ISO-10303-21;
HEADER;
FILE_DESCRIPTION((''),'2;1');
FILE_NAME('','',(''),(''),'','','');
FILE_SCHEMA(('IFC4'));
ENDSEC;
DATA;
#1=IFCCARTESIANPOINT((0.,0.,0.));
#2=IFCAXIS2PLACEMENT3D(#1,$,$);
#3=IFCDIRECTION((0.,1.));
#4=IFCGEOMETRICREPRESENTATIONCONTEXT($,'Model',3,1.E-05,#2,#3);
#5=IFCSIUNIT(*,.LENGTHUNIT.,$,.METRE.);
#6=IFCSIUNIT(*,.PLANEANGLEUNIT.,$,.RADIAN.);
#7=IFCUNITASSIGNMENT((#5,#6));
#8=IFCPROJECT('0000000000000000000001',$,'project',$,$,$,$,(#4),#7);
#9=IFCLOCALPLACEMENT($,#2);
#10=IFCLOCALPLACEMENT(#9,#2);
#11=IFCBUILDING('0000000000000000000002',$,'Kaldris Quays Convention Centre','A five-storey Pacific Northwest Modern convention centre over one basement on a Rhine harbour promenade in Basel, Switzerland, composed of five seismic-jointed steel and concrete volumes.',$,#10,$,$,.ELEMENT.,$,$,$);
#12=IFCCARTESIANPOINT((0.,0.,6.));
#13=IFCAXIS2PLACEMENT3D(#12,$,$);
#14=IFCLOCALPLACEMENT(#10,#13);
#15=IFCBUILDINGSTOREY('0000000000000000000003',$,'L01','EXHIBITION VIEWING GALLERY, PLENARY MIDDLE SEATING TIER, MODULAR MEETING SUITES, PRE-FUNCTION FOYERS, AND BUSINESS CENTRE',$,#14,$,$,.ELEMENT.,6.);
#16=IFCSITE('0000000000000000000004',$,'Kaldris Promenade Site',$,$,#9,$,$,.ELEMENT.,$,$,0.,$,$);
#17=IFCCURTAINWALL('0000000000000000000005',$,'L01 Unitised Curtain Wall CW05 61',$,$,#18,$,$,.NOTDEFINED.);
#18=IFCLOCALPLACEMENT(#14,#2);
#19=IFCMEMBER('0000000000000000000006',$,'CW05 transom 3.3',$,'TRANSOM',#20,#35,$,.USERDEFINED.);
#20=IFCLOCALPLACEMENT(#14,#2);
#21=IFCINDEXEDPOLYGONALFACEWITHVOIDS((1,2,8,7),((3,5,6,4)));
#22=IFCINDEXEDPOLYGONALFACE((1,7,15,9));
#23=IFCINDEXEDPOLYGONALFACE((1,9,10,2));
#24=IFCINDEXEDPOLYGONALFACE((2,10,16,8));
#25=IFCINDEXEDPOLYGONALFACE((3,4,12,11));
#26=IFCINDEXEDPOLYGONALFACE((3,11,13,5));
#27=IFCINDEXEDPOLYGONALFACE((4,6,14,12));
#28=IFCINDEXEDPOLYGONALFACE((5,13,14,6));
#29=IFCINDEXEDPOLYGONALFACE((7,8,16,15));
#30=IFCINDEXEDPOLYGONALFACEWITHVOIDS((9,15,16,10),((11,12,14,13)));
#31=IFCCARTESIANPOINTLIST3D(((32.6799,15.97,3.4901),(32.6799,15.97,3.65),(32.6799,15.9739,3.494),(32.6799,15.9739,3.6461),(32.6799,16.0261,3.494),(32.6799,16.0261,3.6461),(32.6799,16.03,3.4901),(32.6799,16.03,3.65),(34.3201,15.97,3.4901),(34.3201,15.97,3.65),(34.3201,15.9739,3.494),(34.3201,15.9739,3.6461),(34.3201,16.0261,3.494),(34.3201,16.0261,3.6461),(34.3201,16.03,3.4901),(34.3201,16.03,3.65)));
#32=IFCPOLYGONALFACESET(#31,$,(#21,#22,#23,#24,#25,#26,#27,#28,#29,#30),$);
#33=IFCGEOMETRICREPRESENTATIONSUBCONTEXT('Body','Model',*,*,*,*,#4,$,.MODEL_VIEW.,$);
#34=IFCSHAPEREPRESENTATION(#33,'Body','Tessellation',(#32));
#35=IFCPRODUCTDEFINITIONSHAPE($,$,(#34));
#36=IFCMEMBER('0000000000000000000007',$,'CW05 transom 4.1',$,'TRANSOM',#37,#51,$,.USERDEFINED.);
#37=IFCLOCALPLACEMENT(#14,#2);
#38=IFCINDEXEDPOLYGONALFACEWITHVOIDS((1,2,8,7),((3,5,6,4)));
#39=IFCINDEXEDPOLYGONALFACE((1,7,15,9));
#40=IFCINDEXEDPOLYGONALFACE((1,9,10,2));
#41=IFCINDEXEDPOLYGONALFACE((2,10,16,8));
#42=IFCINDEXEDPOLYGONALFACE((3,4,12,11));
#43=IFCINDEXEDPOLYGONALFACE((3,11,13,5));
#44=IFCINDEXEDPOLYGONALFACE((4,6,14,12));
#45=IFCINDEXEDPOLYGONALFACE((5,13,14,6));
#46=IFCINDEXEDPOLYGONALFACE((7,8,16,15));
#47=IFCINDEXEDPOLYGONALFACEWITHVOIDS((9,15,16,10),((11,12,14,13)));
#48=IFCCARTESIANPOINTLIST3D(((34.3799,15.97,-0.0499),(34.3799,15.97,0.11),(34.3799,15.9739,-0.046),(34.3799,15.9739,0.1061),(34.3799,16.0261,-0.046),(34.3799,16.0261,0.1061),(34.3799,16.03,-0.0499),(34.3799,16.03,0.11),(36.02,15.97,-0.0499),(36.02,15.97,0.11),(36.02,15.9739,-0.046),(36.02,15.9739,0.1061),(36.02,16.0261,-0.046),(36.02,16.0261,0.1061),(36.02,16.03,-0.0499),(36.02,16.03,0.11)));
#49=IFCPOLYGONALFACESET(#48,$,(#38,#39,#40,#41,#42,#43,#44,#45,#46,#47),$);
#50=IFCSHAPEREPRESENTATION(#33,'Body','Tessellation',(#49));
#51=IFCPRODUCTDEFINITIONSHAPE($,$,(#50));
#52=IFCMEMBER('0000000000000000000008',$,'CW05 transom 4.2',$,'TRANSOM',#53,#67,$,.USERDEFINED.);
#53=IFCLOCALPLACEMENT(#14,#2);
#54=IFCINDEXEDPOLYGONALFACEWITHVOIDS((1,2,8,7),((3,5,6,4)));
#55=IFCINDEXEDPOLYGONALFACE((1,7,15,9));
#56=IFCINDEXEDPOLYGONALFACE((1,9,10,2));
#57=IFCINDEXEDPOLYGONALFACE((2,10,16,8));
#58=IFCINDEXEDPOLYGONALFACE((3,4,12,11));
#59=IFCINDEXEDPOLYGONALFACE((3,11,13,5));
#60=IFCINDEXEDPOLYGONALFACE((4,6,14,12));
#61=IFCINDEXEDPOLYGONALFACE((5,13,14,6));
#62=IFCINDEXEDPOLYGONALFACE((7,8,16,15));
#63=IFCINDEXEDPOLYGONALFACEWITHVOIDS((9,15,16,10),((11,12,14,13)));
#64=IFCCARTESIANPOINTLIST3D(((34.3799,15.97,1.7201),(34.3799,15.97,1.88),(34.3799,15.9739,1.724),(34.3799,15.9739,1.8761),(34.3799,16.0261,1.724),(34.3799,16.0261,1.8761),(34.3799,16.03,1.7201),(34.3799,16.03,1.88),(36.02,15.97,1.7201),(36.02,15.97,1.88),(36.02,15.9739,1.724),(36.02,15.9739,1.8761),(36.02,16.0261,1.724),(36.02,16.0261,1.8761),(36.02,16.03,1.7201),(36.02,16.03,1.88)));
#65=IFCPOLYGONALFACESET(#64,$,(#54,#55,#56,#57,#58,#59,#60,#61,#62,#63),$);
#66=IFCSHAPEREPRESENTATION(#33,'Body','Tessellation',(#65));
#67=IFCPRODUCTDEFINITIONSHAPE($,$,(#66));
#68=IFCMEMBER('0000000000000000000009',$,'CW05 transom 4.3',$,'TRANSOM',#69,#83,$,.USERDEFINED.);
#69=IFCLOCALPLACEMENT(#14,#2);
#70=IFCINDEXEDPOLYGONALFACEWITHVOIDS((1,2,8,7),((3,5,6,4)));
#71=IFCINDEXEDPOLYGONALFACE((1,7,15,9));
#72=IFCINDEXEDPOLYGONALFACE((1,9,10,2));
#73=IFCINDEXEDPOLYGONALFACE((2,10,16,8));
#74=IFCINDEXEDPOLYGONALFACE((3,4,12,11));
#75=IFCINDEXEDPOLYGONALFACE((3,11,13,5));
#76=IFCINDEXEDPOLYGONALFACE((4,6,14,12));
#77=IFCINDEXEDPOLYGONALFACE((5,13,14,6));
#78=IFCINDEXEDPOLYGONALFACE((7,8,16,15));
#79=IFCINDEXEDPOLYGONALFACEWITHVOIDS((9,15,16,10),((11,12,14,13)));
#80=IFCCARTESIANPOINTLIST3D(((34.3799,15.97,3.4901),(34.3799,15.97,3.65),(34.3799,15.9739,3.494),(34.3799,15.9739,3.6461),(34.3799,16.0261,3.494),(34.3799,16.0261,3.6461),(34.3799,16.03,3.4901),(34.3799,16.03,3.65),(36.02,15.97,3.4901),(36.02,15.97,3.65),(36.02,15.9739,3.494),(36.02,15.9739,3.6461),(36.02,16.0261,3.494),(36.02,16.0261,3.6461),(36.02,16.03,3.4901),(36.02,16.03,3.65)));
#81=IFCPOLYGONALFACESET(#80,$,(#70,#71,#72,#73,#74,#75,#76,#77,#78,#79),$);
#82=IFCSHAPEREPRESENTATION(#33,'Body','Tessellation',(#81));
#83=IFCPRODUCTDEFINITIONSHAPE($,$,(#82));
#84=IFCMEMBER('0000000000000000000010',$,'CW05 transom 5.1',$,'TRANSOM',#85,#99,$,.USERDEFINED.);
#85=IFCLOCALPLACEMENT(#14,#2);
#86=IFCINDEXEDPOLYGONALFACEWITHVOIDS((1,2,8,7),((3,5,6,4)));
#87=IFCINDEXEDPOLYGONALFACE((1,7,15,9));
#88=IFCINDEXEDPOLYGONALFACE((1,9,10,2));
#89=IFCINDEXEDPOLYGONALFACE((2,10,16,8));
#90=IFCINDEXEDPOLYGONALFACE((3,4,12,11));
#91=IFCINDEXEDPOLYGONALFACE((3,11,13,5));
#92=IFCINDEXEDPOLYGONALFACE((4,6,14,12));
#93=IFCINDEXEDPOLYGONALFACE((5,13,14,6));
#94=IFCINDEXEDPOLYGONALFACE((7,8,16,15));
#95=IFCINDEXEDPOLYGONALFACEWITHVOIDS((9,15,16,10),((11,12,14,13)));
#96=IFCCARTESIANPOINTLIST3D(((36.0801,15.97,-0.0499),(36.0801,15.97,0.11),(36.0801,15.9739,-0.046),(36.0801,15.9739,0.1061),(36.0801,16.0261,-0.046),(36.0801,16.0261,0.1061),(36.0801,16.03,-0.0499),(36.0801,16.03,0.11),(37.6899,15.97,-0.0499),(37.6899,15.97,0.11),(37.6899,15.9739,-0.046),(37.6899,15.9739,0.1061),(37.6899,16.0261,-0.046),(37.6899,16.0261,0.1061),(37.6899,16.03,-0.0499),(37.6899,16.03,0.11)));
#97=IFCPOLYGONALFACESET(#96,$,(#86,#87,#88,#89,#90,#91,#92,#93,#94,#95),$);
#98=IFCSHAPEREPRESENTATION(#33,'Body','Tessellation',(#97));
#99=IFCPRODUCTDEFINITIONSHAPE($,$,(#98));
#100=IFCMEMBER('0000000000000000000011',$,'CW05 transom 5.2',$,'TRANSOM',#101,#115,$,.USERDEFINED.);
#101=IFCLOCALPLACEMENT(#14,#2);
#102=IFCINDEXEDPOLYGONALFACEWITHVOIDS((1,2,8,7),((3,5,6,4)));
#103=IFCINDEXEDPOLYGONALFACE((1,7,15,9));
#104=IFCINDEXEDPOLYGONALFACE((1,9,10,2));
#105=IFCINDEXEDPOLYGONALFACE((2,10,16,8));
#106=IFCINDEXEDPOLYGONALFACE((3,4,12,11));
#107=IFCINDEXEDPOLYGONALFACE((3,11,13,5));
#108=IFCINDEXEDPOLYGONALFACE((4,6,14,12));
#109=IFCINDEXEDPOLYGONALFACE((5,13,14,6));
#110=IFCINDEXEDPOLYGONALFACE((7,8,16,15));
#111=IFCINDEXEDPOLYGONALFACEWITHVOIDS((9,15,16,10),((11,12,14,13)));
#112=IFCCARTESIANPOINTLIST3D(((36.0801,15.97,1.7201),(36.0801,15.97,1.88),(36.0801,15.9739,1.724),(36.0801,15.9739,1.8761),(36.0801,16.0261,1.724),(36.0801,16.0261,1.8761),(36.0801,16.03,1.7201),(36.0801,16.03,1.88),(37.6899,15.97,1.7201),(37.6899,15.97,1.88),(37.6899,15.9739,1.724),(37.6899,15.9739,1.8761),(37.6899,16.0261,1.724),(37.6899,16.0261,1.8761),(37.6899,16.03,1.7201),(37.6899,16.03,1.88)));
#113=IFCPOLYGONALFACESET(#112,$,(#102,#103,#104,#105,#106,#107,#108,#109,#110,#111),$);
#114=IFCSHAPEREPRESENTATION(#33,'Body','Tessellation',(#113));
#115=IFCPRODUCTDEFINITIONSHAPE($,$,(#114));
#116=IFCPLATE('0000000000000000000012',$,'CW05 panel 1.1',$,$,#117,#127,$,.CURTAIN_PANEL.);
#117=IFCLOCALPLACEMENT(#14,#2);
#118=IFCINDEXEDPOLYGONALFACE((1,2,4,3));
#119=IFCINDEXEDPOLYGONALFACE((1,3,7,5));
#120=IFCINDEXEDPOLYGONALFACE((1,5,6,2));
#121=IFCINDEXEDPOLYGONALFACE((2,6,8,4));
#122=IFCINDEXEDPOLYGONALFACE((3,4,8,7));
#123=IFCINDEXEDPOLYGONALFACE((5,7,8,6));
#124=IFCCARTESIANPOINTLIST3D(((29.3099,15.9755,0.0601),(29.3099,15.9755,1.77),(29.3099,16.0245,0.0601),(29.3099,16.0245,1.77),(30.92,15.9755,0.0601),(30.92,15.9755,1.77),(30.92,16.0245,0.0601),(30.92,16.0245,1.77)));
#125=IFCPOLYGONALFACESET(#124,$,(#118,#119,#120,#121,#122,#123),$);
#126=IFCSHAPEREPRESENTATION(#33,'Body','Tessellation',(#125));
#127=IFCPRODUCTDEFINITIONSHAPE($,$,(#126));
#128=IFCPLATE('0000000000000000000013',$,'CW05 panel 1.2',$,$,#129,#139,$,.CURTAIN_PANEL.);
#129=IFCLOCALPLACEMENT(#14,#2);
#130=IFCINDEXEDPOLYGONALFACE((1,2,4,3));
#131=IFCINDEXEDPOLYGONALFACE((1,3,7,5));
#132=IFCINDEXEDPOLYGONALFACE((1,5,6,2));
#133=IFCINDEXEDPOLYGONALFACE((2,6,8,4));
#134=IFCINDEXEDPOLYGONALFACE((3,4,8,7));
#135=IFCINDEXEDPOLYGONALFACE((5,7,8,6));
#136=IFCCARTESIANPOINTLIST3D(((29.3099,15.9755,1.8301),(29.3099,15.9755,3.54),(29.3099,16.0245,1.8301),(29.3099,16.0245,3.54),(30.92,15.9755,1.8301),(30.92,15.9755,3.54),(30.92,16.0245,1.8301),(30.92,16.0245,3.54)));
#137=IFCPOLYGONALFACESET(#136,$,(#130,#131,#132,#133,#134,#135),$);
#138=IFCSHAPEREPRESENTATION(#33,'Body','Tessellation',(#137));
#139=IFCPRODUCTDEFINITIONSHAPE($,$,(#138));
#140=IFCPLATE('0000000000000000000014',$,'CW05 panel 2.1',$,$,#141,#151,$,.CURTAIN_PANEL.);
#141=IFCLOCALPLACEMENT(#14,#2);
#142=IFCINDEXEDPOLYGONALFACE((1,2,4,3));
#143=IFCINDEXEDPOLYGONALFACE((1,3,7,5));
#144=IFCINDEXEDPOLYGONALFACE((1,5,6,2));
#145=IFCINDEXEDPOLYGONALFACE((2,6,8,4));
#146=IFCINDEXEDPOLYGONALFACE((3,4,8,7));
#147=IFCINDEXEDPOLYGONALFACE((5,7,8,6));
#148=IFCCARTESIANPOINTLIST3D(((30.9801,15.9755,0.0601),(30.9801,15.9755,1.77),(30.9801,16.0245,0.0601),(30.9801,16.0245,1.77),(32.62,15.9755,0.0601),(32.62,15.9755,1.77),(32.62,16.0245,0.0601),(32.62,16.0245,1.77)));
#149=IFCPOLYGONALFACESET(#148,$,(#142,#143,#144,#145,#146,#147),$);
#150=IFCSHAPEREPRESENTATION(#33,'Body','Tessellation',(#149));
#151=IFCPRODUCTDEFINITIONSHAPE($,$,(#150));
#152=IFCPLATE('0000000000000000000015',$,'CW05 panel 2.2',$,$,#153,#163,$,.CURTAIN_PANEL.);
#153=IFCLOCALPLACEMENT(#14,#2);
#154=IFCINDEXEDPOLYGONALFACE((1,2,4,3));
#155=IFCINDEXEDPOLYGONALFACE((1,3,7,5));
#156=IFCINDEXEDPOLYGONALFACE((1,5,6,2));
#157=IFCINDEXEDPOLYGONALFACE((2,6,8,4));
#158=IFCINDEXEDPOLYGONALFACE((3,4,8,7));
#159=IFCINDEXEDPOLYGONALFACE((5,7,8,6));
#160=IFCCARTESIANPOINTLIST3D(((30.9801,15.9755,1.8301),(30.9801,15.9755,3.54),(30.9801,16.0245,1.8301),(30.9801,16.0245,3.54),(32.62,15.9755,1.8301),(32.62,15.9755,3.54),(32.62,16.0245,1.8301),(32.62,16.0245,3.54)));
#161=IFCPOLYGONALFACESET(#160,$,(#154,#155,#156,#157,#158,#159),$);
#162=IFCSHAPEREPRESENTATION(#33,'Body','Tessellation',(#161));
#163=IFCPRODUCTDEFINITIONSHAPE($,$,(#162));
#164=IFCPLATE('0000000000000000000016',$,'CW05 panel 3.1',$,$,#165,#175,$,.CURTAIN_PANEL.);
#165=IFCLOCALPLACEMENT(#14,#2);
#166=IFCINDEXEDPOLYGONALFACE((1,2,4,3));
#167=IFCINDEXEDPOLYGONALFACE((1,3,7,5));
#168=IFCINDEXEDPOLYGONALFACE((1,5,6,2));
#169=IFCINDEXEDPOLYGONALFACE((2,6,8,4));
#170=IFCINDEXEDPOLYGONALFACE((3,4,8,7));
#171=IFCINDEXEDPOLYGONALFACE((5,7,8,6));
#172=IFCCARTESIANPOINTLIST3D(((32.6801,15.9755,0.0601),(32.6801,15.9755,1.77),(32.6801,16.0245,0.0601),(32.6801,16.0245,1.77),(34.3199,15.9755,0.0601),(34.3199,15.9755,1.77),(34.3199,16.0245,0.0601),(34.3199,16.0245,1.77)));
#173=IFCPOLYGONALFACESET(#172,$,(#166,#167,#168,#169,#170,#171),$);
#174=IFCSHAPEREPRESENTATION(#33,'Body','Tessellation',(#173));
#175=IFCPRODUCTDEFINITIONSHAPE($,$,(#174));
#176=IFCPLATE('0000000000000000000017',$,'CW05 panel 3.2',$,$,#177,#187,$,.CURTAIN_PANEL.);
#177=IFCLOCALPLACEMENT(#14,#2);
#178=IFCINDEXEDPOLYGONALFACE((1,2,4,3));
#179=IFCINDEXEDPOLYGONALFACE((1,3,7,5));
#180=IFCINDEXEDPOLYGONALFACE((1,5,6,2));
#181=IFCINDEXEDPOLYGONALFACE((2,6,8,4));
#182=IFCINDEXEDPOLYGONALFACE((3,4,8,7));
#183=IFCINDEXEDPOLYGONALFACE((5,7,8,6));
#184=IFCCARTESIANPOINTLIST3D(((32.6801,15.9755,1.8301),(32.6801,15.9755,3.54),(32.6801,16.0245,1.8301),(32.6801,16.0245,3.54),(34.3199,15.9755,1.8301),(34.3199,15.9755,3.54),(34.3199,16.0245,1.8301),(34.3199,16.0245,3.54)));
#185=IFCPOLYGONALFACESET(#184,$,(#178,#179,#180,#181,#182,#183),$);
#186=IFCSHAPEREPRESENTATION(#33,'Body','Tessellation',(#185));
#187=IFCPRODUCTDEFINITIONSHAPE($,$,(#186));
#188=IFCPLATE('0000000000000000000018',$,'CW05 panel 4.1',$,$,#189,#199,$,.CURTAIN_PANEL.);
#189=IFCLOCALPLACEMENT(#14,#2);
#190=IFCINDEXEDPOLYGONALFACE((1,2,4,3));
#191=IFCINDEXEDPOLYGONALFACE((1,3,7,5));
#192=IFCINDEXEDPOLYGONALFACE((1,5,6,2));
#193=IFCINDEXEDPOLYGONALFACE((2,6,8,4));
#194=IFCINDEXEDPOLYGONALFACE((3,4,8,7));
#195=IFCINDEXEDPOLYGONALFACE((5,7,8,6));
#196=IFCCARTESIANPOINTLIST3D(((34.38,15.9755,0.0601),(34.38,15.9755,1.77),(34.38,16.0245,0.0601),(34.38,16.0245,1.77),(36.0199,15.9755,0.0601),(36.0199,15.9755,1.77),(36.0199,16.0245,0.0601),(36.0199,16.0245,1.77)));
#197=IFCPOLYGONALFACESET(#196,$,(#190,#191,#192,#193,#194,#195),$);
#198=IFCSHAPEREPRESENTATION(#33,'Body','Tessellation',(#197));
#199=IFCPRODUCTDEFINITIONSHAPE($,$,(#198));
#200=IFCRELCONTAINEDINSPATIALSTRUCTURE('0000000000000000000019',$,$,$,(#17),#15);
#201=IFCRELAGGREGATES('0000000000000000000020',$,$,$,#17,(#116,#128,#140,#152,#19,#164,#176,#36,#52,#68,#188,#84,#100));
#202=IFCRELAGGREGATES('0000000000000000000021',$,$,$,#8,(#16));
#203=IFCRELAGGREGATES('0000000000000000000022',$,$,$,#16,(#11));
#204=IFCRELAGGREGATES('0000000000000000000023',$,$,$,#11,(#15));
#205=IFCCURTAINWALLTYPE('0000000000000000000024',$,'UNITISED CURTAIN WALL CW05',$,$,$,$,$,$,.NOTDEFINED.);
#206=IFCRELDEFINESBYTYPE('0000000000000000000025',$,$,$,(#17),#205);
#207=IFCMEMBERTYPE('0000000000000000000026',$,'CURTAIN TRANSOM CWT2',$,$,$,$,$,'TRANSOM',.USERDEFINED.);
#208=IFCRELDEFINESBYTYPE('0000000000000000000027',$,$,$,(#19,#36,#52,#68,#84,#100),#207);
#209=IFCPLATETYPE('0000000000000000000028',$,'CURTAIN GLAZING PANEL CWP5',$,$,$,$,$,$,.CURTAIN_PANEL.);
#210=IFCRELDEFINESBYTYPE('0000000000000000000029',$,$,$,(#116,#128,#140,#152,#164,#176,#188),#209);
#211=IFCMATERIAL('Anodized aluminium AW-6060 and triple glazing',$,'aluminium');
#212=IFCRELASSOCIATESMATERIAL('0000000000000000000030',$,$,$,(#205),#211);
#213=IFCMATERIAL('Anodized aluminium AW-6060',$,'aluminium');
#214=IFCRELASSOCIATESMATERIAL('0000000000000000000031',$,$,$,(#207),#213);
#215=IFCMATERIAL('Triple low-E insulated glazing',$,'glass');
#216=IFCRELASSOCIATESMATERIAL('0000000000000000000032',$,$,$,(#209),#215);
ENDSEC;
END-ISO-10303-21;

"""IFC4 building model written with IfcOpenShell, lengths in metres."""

from ifc_helpers import new_model, si_unit, direction, frame, origin, origin_2d, place, context, subcontext, project, spatial, rectangle, hollow_rectangle, extrude, material, material_profile, profile_set, type_object, element, aggregate, save


model = new_model("IFC4")

# Units and contexts
model_context = context("Model", 3, precision=1e-05, world=origin(), true_north=direction((0.0, 1.0)))
body_context = subcontext(model_context, "Body", "Model", "MODEL_VIEW")
ifc_project = project(units=[si_unit("LENGTHUNIT", "METRE"), si_unit("PLANEANGLEUNIT", "RADIAN")], contexts=[model_context])

# Site, building, storey
site_placement = place(None, origin())
site = spatial("IfcSite", under=ifc_project, at=site_placement, Name="Kaldris Promenade Site", CompositionType="ELEMENT", RefElevation=0.0)
building_placement = place(site_placement, origin())
building = spatial("IfcBuilding", under=site, at=building_placement, Name="Kaldris Quays Convention Centre", Description="A five-storey Pacific Northwest Modern convention centre over one basement on a Rhine harbour promenade in Basel, Switzerland, composed of five seismic-jointed steel and concrete volumes.", CompositionType="ELEMENT")
storey_placement = place(building_placement, frame((0.0, 0.0, 6.0)))
storey = spatial("IfcBuildingStorey", under=building, at=storey_placement, Name="L01", Description="EXHIBITION VIEWING GALLERY, PLENARY MIDDLE SEATING TIER, MODULAR MEETING SUITES, PRE-FUNCTION FOYERS, AND BUSINESS CENTRE", CompositionType="ELEMENT", Elevation=6.0)

# Curtain wall, members, plates
ifc_material_1 = material(Name="Anodized aluminium AW-6060 and triple glazing", Category="aluminium")
curtain_wall_type = type_object("IfcCurtainWallType", Name="UNITISED CURTAIN WALL CW05", PredefinedType="NOTDEFINED", material=ifc_material_1)
curtain_wall_placement = place(storey_placement, origin())
curtain_wall = element("IfcCurtainWall", 1, at=curtain_wall_placement, inside=storey, type_object=curtain_wall_type, Name="L01 Unitised Curtain Wall CW05 61", PredefinedType="NOTDEFINED")
ifc_material_2 = material(Name="Anodized aluminium AW-6060", Category="aluminium")
ifc_material_profile_1 = material_profile(ifc_material_2, hollow_rectangle(XDim=0.0601, YDim=0.1599, WallThickness=0.0039, at=origin_2d()), Name="RHS 160x60x4")
ifc_profile_set_1 = profile_set([ifc_material_profile_1], Name="Anodized aluminium AW-6060")
member_type_1 = type_object("IfcMemberType", Name="CURTAIN TRANSOM CWT2", ElementType="TRANSOM", PredefinedType="USERDEFINED", material=ifc_profile_set_1)
member_1_placement = place(storey_placement, frame((32.6799, 16.0, 3.5701), z_axis=(1.0, 0.0, 0.0), x_axis=(0.0, 1.0, 0.0)))
member_1 = element("IfcMember", 2, at=member_1_placement, type_object=member_type_1, Name="CW05 transom 3.3", ObjectType="TRANSOM", PredefinedType="USERDEFINED", context=body_context, shape_type="SweptSolid", body=[
    extrude(hollow_rectangle(XDim=0.0601, YDim=0.1599, WallThickness=0.0039, at=origin_2d()), origin(), (0.0, 0.0, 1.0), 1.6401),
])
member_2_placement = place(storey_placement, frame((34.3799, 16.0, 0.03), z_axis=(1.0, 0.0, 0.0), x_axis=(0.0, 1.0, 0.0)))
member_2 = element("IfcMember", 3, at=member_2_placement, type_object=member_type_1, Name="CW05 transom 4.1", ObjectType="TRANSOM", PredefinedType="USERDEFINED", context=body_context, shape_type="SweptSolid", body=[
    extrude(hollow_rectangle(XDim=0.0601, YDim=0.1599, WallThickness=0.0039, at=origin_2d()), origin(), (0.0, 0.0, 1.0), 1.6401),
])
member_3_placement = place(storey_placement, frame((34.3799, 16.0, 1.8), z_axis=(1.0, 0.0, 0.0), x_axis=(0.0, 1.0, 0.0)))
member_3 = element("IfcMember", 4, at=member_3_placement, type_object=member_type_1, Name="CW05 transom 4.2", ObjectType="TRANSOM", PredefinedType="USERDEFINED", context=body_context, shape_type="SweptSolid", body=[
    extrude(hollow_rectangle(XDim=0.0601, YDim=0.1599, WallThickness=0.0039, at=origin_2d()), origin(), (0.0, 0.0, 1.0), 1.6401),
])
member_4_placement = place(storey_placement, frame((34.3799, 16.0, 3.5701), z_axis=(1.0, 0.0, 0.0), x_axis=(0.0, 1.0, 0.0)))
member_4 = element("IfcMember", 5, at=member_4_placement, type_object=member_type_1, Name="CW05 transom 4.3", ObjectType="TRANSOM", PredefinedType="USERDEFINED", context=body_context, shape_type="SweptSolid", body=[
    extrude(hollow_rectangle(XDim=0.0601, YDim=0.1599, WallThickness=0.0039, at=origin_2d()), origin(), (0.0, 0.0, 1.0), 1.6401),
])
member_5_placement = place(storey_placement, frame((36.0801, 16.0, 0.03), z_axis=(1.0, 0.0, 0.0), x_axis=(0.0, 1.0, 0.0)))
member_5 = element("IfcMember", 6, at=member_5_placement, type_object=member_type_1, Name="CW05 transom 5.1", ObjectType="TRANSOM", PredefinedType="USERDEFINED", context=body_context, shape_type="SweptSolid", body=[
    extrude(hollow_rectangle(XDim=0.0601, YDim=0.1599, WallThickness=0.0039, at=origin_2d()), origin(), (0.0, 0.0, 1.0), 1.6099),
])
member_6_placement = place(storey_placement, frame((36.0801, 16.0, 1.8), z_axis=(1.0, 0.0, 0.0), x_axis=(0.0, 1.0, 0.0)))
member_6 = element("IfcMember", 7, at=member_6_placement, type_object=member_type_1, Name="CW05 transom 5.2", ObjectType="TRANSOM", PredefinedType="USERDEFINED", context=body_context, shape_type="SweptSolid", body=[
    extrude(hollow_rectangle(XDim=0.0601, YDim=0.1599, WallThickness=0.0039, at=origin_2d()), origin(), (0.0, 0.0, 1.0), 1.6099),
])
ifc_material_3 = material(Name="Triple low-E insulated glazing", Category="glass")
plate_type = type_object("IfcPlateType", Name="CURTAIN GLAZING PANEL CWP5", PredefinedType="CURTAIN_PANEL", material=ifc_material_3)
plate_1_placement = place(storey_placement, frame((30.115, 16.0, 0.0601), z_axis=(0.0, 0.0, 1.0), x_axis=(1.0, 0.0, 0.0)))
plate_1 = element("IfcPlate", 8, at=plate_1_placement, type_object=plate_type, Name="CW05 panel 1.1", PredefinedType="CURTAIN_PANEL", context=body_context, shape_type="SweptSolid", body=[
    extrude(rectangle(XDim=1.6101, YDim=0.0491, at=origin_2d()), origin(), (0.0, 0.0, 1.0), 1.71),
])
plate_2_placement = place(storey_placement, frame((30.115, 16.0, 1.8301), z_axis=(0.0, 0.0, 1.0), x_axis=(1.0, 0.0, 0.0)))
plate_2 = element("IfcPlate", 9, at=plate_2_placement, type_object=plate_type, Name="CW05 panel 1.2", PredefinedType="CURTAIN_PANEL", context=body_context, shape_type="SweptSolid", body=[
    extrude(rectangle(XDim=1.6101, YDim=0.0491, at=origin_2d()), origin(), (0.0, 0.0, 1.0), 1.71),
])
plate_3_placement = place(storey_placement, frame((31.8, 16.0, 0.0601), z_axis=(0.0, 0.0, 1.0), x_axis=(1.0, 0.0, 0.0)))
plate_3 = element("IfcPlate", 10, at=plate_3_placement, type_object=plate_type, Name="CW05 panel 2.1", PredefinedType="CURTAIN_PANEL", context=body_context, shape_type="SweptSolid", body=[
    extrude(rectangle(XDim=1.6399, YDim=0.0491, at=origin_2d()), origin(), (0.0, 0.0, 1.0), 1.71),
])
plate_4_placement = place(storey_placement, frame((31.8, 16.0, 1.8301), z_axis=(0.0, 0.0, 1.0), x_axis=(1.0, 0.0, 0.0)))
plate_4 = element("IfcPlate", 11, at=plate_4_placement, type_object=plate_type, Name="CW05 panel 2.2", PredefinedType="CURTAIN_PANEL", context=body_context, shape_type="SweptSolid", body=[
    extrude(rectangle(XDim=1.6399, YDim=0.0491, at=origin_2d()), origin(), (0.0, 0.0, 1.0), 1.71),
])
plate_5_placement = place(storey_placement, frame((33.5, 16.0, 0.0601), z_axis=(0.0, 0.0, 1.0), x_axis=(1.0, 0.0, 0.0)))
plate_5 = element("IfcPlate", 12, at=plate_5_placement, type_object=plate_type, Name="CW05 panel 3.1", PredefinedType="CURTAIN_PANEL", context=body_context, shape_type="SweptSolid", body=[
    extrude(rectangle(XDim=1.6399, YDim=0.0491, at=origin_2d()), origin(), (0.0, 0.0, 1.0), 1.71),
])
plate_6_placement = place(storey_placement, frame((33.5, 16.0, 1.8301), z_axis=(0.0, 0.0, 1.0), x_axis=(1.0, 0.0, 0.0)))
plate_6 = element("IfcPlate", 13, at=plate_6_placement, type_object=plate_type, Name="CW05 panel 3.2", PredefinedType="CURTAIN_PANEL", context=body_context, shape_type="SweptSolid", body=[
    extrude(rectangle(XDim=1.6399, YDim=0.0491, at=origin_2d()), origin(), (0.0, 0.0, 1.0), 1.71),
])
plate_7_placement = place(storey_placement, frame((35.2, 16.0, 0.0601), z_axis=(0.0, 0.0, 1.0), x_axis=(1.0, 0.0, 0.0)))
plate_7 = element("IfcPlate", 14, at=plate_7_placement, type_object=plate_type, Name="CW05 panel 4.1", PredefinedType="CURTAIN_PANEL", context=body_context, shape_type="SweptSolid", body=[
    extrude(rectangle(XDim=1.6399, YDim=0.0491, at=origin_2d()), origin(), (0.0, 0.0, 1.0), 1.71),
])
aggregate(curtain_wall, [plate_1, plate_2, plate_3, plate_4, member_1, plate_5, plate_6, member_2, member_3, member_4, plate_7, member_5, member_6])

save(model, "model.ifc")
